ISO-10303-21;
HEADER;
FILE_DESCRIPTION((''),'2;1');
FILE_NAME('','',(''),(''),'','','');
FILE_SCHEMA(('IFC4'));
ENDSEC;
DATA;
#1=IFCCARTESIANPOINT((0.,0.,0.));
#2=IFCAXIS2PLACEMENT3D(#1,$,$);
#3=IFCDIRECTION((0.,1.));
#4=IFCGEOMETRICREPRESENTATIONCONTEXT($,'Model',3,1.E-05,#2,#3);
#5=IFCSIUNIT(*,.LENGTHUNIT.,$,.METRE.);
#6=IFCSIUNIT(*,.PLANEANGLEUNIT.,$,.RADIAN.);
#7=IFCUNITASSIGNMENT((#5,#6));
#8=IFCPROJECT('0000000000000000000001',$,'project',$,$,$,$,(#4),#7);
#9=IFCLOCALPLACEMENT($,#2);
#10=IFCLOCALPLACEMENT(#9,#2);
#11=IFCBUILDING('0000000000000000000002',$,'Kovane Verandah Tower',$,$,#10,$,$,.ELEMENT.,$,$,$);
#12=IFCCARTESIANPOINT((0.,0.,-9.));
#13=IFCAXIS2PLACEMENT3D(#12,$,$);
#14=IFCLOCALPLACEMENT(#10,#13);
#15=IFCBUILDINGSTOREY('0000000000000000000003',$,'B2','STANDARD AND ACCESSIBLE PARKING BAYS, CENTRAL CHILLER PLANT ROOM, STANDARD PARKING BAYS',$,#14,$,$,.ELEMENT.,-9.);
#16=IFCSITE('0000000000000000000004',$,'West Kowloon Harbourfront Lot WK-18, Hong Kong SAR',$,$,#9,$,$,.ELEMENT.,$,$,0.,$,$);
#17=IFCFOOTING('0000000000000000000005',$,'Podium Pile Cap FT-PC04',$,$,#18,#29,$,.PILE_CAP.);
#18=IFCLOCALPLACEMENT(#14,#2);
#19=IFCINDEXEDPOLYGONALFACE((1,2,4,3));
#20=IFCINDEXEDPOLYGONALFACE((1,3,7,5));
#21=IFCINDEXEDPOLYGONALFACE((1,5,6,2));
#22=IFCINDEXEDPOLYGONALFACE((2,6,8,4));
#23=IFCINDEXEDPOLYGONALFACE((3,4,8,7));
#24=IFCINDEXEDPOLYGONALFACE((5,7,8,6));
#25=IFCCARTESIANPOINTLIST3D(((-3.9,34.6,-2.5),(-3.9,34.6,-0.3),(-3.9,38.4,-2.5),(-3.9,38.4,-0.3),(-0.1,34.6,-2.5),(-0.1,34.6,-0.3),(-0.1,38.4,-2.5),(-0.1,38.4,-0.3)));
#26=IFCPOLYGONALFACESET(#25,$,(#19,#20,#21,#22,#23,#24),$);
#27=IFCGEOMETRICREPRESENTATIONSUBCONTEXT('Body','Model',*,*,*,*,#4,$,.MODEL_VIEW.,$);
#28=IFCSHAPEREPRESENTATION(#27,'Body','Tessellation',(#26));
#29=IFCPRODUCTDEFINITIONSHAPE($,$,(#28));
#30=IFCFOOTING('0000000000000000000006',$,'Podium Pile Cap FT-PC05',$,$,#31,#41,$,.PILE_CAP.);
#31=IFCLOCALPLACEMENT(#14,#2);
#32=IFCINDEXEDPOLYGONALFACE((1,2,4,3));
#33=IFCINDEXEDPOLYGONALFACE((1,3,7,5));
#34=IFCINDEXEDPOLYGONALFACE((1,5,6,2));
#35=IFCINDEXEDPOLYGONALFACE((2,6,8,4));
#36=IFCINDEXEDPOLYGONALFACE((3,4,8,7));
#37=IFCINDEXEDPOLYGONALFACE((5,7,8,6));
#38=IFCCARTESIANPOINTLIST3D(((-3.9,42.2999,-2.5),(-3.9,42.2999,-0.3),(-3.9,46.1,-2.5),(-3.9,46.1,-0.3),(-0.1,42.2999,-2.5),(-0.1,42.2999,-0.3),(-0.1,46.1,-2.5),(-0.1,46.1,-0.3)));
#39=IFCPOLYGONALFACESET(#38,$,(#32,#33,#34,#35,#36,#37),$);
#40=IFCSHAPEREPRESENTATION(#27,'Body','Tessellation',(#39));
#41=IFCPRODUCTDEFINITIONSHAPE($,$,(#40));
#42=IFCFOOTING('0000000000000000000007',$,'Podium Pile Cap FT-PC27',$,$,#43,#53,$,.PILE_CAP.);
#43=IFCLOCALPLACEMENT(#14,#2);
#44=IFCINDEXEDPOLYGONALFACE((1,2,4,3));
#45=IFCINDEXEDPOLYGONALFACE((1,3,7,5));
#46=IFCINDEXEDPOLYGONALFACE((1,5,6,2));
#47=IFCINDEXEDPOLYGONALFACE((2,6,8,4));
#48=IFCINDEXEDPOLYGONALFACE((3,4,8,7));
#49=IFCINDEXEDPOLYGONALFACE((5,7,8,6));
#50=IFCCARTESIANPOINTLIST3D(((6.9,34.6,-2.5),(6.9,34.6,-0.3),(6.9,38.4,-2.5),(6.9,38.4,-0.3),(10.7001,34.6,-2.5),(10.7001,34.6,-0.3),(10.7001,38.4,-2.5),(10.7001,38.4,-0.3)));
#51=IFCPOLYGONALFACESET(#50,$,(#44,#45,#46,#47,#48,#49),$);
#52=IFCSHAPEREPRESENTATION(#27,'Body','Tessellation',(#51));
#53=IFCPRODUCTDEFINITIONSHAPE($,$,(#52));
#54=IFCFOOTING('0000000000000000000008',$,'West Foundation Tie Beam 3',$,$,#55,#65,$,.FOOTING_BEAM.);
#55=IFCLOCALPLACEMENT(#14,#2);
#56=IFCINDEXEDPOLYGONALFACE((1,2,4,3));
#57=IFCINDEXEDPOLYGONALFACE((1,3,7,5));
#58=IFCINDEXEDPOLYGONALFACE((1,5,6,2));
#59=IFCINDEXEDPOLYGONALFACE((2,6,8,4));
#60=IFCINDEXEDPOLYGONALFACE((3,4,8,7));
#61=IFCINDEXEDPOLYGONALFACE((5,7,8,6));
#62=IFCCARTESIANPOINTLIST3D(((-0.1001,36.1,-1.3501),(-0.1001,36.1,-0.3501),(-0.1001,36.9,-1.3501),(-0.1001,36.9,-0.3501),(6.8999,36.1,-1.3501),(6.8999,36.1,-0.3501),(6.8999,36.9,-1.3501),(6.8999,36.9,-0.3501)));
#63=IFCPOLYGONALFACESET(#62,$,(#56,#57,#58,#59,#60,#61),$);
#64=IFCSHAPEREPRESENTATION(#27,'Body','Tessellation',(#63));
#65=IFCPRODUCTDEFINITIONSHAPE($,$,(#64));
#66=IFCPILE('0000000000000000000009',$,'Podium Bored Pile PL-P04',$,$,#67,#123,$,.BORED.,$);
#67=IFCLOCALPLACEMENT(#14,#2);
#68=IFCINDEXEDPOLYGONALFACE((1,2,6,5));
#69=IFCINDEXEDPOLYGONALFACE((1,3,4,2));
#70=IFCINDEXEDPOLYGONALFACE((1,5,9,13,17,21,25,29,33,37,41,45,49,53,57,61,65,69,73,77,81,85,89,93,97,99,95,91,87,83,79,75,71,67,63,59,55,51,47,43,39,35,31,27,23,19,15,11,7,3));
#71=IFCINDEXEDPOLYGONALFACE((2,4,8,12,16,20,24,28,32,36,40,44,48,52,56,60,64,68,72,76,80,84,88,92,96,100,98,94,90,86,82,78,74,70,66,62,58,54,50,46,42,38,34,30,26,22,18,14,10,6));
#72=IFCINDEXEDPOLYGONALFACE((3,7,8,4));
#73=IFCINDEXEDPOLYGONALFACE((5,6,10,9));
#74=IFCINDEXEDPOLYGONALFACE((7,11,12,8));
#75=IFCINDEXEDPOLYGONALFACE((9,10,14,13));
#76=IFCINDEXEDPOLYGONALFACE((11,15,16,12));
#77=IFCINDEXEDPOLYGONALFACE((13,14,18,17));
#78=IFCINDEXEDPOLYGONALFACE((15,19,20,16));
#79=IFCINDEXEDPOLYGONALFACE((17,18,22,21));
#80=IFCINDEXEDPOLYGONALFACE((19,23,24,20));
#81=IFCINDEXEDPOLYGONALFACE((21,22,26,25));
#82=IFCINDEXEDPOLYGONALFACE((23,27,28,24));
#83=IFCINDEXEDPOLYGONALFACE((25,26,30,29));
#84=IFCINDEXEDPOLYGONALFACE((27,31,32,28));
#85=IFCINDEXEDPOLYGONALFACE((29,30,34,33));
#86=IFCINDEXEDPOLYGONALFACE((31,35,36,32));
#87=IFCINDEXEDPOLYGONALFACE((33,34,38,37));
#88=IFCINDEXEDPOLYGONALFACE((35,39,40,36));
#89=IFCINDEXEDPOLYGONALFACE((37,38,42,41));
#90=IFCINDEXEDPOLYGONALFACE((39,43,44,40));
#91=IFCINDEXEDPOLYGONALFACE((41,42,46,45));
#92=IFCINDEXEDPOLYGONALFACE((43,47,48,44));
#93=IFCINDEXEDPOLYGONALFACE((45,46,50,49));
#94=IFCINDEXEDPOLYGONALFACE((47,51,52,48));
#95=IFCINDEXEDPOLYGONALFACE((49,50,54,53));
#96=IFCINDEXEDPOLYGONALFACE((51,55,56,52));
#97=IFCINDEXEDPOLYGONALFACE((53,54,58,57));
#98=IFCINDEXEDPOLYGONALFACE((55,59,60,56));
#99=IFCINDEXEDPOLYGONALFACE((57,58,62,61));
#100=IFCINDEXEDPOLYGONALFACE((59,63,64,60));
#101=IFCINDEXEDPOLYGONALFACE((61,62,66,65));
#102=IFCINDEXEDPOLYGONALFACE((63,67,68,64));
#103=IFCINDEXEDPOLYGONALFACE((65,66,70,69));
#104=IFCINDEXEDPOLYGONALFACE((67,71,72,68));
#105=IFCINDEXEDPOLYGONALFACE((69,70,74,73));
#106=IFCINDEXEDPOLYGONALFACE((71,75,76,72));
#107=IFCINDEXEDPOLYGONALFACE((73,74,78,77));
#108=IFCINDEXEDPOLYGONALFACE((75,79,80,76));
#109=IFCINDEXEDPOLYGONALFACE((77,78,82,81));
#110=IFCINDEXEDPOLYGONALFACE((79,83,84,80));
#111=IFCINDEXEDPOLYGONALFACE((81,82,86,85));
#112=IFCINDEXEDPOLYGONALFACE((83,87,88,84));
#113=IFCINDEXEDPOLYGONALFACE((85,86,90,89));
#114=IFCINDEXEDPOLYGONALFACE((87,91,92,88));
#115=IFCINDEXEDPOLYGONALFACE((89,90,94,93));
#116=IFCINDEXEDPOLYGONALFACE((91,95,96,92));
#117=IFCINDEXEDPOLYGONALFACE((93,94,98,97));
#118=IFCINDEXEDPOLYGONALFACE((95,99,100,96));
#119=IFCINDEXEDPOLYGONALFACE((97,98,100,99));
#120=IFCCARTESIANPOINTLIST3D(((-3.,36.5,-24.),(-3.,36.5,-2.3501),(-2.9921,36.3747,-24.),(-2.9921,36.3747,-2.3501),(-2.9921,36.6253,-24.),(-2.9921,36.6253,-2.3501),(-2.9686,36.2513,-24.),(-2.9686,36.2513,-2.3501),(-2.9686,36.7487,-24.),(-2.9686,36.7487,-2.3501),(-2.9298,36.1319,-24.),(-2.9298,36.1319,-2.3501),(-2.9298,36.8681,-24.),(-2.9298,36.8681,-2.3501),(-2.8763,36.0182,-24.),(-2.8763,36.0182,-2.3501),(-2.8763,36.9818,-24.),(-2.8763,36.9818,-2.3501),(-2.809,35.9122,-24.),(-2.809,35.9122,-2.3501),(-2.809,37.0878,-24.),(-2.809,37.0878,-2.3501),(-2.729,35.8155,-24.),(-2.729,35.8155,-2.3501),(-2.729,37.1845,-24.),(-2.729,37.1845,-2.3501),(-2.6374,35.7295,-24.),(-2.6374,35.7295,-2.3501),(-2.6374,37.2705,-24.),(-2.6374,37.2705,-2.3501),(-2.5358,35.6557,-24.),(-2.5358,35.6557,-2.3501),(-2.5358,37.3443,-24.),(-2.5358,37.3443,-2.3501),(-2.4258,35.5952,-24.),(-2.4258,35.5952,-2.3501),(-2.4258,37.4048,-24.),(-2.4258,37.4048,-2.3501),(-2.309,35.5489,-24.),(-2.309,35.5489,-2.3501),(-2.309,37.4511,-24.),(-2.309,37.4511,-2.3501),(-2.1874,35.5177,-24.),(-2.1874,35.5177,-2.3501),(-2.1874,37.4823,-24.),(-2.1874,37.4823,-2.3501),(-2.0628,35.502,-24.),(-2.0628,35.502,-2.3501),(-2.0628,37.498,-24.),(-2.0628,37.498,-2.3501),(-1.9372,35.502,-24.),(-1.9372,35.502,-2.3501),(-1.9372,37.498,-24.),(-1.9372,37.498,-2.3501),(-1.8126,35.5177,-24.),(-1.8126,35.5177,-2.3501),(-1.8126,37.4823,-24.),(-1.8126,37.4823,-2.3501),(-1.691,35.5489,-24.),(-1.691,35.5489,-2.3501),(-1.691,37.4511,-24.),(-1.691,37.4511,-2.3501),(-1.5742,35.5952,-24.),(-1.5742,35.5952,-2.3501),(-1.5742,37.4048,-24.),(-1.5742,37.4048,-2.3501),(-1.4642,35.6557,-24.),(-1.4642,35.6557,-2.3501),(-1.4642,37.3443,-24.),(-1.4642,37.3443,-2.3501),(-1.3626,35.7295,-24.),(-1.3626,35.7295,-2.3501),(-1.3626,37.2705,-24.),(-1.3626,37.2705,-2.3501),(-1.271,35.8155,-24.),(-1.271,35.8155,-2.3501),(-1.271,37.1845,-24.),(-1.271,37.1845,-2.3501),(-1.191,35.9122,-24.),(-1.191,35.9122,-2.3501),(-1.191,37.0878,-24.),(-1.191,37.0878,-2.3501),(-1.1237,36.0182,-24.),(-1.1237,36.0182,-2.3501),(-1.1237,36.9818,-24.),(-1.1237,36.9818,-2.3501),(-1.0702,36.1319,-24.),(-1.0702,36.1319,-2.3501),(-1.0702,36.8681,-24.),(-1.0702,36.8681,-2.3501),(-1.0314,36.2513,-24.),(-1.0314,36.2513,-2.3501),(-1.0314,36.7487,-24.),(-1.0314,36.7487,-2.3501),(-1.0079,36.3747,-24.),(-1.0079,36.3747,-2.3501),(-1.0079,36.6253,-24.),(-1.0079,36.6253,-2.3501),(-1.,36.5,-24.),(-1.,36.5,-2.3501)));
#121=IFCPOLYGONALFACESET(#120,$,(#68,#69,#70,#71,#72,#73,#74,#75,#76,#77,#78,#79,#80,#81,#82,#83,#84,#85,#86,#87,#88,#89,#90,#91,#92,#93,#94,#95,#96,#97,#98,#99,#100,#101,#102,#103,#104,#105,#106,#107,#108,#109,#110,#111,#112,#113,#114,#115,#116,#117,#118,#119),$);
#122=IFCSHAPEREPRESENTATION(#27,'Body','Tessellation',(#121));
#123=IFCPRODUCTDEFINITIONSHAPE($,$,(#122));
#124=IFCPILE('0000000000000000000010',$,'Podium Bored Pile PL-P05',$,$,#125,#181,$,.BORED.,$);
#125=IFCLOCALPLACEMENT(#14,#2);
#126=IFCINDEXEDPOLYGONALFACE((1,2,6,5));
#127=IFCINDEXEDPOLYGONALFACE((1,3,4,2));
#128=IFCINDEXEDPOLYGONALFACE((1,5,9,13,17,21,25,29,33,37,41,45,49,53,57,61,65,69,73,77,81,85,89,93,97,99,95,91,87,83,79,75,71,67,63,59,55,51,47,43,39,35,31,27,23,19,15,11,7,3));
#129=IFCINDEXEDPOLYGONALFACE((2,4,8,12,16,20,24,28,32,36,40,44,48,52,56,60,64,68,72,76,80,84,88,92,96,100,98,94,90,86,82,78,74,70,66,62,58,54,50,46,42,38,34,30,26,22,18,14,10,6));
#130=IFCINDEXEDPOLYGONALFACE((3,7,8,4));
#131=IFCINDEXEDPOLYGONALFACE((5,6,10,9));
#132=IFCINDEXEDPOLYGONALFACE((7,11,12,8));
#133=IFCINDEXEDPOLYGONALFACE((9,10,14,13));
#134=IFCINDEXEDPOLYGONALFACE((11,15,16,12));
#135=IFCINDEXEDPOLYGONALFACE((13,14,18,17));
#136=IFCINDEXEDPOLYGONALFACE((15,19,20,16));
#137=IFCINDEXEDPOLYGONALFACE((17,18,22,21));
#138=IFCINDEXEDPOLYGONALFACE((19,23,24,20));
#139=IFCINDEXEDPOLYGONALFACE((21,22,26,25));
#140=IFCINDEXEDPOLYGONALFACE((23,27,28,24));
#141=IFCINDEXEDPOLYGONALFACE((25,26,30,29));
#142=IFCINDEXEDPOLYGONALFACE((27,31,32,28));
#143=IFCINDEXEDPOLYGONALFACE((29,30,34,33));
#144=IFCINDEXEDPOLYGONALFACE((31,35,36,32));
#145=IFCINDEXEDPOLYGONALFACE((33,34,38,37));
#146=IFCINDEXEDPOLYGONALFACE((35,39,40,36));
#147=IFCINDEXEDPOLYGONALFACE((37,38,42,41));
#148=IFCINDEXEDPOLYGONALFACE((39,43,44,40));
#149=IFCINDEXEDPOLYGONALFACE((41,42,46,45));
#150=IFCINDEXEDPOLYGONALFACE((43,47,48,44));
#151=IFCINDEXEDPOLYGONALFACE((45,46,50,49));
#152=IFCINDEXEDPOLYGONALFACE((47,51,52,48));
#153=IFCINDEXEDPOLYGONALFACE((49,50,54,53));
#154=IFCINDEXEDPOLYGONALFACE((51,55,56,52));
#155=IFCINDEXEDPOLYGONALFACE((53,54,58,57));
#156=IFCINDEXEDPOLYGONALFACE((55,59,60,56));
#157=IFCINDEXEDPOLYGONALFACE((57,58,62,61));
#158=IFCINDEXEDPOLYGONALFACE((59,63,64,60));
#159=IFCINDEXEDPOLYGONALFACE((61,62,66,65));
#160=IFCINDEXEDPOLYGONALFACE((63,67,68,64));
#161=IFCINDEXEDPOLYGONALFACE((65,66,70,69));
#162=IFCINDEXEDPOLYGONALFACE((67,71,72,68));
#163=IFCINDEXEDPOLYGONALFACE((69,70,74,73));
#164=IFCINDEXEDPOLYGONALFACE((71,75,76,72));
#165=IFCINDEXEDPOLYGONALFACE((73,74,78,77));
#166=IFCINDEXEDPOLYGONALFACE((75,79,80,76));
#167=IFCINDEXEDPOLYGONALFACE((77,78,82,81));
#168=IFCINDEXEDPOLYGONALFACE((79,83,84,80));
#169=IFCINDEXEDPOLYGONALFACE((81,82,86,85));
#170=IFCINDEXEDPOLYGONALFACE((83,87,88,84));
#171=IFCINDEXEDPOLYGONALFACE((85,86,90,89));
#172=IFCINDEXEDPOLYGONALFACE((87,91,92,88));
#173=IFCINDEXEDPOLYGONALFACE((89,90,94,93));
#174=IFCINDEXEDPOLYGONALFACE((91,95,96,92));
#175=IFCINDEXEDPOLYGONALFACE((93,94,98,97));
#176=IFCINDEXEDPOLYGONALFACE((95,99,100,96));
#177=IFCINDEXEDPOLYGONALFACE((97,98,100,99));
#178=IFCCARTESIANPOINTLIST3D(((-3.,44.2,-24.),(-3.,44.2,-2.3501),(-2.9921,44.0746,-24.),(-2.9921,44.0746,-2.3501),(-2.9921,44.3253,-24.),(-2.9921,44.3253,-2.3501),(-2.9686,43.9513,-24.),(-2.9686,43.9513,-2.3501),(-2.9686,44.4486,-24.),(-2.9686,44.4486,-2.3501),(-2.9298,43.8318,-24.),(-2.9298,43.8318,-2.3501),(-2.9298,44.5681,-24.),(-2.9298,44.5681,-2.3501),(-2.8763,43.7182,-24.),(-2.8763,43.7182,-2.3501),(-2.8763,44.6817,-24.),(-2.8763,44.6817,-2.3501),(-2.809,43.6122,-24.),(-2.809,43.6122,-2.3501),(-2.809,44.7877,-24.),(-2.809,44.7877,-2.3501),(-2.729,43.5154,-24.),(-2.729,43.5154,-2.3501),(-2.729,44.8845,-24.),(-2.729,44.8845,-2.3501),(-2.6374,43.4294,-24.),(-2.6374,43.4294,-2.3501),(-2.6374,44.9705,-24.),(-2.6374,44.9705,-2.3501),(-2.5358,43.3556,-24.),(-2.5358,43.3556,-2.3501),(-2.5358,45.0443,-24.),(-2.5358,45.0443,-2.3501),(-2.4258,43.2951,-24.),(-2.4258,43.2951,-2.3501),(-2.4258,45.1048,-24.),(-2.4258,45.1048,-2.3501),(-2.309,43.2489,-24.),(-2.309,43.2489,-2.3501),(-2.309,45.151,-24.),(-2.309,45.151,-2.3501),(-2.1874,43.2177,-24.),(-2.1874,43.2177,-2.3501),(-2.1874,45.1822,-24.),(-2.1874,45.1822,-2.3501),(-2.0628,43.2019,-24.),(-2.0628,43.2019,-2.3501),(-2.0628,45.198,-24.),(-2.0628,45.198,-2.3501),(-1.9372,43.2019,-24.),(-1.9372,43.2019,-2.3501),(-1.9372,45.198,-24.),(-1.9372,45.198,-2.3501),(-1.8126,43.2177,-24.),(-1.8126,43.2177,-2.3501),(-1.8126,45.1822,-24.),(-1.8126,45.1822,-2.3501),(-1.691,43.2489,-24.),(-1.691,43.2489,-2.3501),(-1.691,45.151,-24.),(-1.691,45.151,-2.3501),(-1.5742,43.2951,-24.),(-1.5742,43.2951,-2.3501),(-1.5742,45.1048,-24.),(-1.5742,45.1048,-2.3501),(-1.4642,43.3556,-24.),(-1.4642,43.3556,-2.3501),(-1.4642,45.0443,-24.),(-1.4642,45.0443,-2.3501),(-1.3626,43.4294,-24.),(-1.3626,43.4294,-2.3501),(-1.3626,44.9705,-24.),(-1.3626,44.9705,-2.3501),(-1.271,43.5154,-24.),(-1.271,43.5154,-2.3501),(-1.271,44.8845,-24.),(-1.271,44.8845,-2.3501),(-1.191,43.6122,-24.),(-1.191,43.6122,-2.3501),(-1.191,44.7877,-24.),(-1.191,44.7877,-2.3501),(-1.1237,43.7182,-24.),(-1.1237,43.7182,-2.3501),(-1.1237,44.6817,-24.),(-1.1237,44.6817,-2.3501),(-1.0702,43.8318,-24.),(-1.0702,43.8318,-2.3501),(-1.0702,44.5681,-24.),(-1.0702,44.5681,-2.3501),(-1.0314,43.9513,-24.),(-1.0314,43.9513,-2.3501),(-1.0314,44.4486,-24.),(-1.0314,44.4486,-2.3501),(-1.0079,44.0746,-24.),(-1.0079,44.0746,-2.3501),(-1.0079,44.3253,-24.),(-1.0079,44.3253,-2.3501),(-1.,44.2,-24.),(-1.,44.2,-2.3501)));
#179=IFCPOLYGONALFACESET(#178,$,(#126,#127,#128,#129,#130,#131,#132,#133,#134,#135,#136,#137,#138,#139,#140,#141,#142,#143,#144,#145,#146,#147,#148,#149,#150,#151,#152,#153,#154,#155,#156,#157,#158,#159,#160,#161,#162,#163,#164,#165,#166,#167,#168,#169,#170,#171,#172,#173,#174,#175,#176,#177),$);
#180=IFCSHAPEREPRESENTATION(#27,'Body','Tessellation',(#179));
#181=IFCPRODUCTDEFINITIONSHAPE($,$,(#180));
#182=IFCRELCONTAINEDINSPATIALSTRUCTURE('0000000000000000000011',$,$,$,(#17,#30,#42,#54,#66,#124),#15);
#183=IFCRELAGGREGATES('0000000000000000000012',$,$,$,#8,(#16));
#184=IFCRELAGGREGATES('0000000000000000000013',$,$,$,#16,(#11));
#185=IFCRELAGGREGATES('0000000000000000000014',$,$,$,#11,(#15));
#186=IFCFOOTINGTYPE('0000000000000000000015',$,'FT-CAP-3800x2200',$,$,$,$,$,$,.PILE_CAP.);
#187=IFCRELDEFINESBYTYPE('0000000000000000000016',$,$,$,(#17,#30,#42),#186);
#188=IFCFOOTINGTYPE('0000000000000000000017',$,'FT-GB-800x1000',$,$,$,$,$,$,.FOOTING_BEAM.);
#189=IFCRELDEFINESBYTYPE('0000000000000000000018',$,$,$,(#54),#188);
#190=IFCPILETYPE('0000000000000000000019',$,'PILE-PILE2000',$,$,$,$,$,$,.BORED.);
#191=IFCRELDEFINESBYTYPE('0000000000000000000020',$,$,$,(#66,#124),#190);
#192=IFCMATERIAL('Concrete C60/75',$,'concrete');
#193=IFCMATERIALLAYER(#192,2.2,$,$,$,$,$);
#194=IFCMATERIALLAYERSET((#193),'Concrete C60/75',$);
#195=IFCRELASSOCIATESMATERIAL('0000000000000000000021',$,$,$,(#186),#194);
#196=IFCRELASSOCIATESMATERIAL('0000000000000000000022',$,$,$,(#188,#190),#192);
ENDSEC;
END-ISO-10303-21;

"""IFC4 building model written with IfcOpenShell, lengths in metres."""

from ifc_helpers import new_model, si_unit, direction, frame, origin, origin_2d, place, context, subcontext, project, spatial, rectangle, circle, extrude, material, layer, layer_set, material_profile, profile_set, type_object, element, save


model = new_model("IFC4")

# Units and contexts
model_context = context("Model", 3, precision=1e-05, world=origin(), true_north=direction((0.0, 1.0)))
body_context = subcontext(model_context, "Body", "Model", "MODEL_VIEW")
ifc_project = project(units=[si_unit("LENGTHUNIT", "METRE"), si_unit("PLANEANGLEUNIT", "RADIAN")], contexts=[model_context])

# Site, building, storey
site_placement = place(None, origin())
site = spatial("IfcSite", under=ifc_project, at=site_placement, Name="West Kowloon Harbourfront Lot WK-18, Hong Kong SAR", CompositionType="ELEMENT", RefElevation=0.0)
building_placement = place(site_placement, origin())
building = spatial("IfcBuilding", under=site, at=building_placement, Name="Kovane Verandah Tower", CompositionType="ELEMENT")
storey_placement = place(building_placement, frame((0.0, 0.0, -9.0)))
storey = spatial("IfcBuildingStorey", under=building, at=storey_placement, Name="B2", Description="STANDARD AND ACCESSIBLE PARKING BAYS, CENTRAL CHILLER PLANT ROOM, STANDARD PARKING BAYS", CompositionType="ELEMENT", Elevation=-9.0)

# Footings
ifc_material_1 = material(Name="Concrete C60/75", Category="concrete")
ifc_layer_1 = layer(ifc_material_1, 2.2)
ifc_layer_set_1 = layer_set([ifc_layer_1], Name="Concrete C60/75")
footing_type_1 = type_object("IfcFootingType", Name="FT-CAP-3800x2200", PredefinedType="PILE_CAP", material=ifc_layer_set_1)
for number, where, z_axis, x_axis, name in (
    (1, (-2.0, 36.5, -2.5), (0.0, 0.0, 1.0), (1.0, 0.0, 0.0), "Podium Pile Cap FT-PC04"),
    (2, (-2.0, 44.2, -2.5), (0.0, 0.0, 1.0), (1.0, 0.0, 0.0), "Podium Pile Cap FT-PC05"),
    (3, (8.8, 36.5, -2.5), (0.0, 0.0, 1.0), (1.0, 0.0, 0.0), "Podium Pile Cap FT-PC27"),
):
    element("IfcFooting", number, at=place(storey_placement, frame(where, z_axis=z_axis, x_axis=x_axis)), inside=storey, type_object=footing_type_1, Name=name, PredefinedType="PILE_CAP", context=body_context, shape_type="SweptSolid", body=[
        extrude(rectangle(XDim=3.8, YDim=3.8, at=origin_2d()), origin(), (0.0, 0.0, 1.0), 2.2),
    ])
ifc_material_profile_1 = material_profile(ifc_material_1, rectangle(XDim=0.8, YDim=1.0, at=origin_2d()), Name="RCB800x1000")
ifc_profile_set_1 = profile_set([ifc_material_profile_1], Name="Concrete C60/75")
footing_type_2 = type_object("IfcFootingType", Name="FT-GB-800x1000", PredefinedType="FOOTING_BEAM", material=ifc_profile_set_1)
footing_placement = place(storey_placement, frame((3.3999, 36.5, -1.3501), z_axis=(0.0, 0.0, 1.0), x_axis=(1.0, 0.0, 0.0)))
element("IfcFooting", 4, at=footing_placement, inside=storey, type_object=footing_type_2, Name="West Foundation Tie Beam 3", PredefinedType="FOOTING_BEAM", context=body_context, shape_type="SweptSolid", body=[
    extrude(rectangle(XDim=7.0, YDim=0.8, at=origin_2d()), origin(), (0.0, 0.0, 1.0), 1.0),
])

# Piles
ifc_material_profile_2 = material_profile(ifc_material_1, circle(Radius=1.0, at=origin_2d()), Name="PILE2000")
ifc_profile_set_2 = profile_set([ifc_material_profile_2], Name="Concrete C60/75")
pile_type_1 = type_object("IfcPileType", Name="PILE-PILE2000", PredefinedType="BORED", material=ifc_profile_set_2)
for number, where, z_axis, x_axis, name in (
    (5, (-2.0, 36.5, -2.3501), (0.0, 0.0, -1.0), (1.0, 0.0, 0.0), "Podium Bored Pile PL-P04"),
    (6, (-2.0, 44.2, -2.3501), (0.0, 0.0, -1.0), (1.0, 0.0, 0.0), "Podium Bored Pile PL-P05"),
):
    element("IfcPile", number, at=place(storey_placement, frame(where, z_axis=z_axis, x_axis=x_axis)), inside=storey, type_object=pile_type_1, Name=name, PredefinedType="BORED", context=body_context, shape_type="SweptSolid", body=[
        extrude(circle(Radius=1.0, at=origin_2d()), origin(), (0.0, 0.0, 1.0), 21.6499),
    ])

save(model, "model.ifc")
